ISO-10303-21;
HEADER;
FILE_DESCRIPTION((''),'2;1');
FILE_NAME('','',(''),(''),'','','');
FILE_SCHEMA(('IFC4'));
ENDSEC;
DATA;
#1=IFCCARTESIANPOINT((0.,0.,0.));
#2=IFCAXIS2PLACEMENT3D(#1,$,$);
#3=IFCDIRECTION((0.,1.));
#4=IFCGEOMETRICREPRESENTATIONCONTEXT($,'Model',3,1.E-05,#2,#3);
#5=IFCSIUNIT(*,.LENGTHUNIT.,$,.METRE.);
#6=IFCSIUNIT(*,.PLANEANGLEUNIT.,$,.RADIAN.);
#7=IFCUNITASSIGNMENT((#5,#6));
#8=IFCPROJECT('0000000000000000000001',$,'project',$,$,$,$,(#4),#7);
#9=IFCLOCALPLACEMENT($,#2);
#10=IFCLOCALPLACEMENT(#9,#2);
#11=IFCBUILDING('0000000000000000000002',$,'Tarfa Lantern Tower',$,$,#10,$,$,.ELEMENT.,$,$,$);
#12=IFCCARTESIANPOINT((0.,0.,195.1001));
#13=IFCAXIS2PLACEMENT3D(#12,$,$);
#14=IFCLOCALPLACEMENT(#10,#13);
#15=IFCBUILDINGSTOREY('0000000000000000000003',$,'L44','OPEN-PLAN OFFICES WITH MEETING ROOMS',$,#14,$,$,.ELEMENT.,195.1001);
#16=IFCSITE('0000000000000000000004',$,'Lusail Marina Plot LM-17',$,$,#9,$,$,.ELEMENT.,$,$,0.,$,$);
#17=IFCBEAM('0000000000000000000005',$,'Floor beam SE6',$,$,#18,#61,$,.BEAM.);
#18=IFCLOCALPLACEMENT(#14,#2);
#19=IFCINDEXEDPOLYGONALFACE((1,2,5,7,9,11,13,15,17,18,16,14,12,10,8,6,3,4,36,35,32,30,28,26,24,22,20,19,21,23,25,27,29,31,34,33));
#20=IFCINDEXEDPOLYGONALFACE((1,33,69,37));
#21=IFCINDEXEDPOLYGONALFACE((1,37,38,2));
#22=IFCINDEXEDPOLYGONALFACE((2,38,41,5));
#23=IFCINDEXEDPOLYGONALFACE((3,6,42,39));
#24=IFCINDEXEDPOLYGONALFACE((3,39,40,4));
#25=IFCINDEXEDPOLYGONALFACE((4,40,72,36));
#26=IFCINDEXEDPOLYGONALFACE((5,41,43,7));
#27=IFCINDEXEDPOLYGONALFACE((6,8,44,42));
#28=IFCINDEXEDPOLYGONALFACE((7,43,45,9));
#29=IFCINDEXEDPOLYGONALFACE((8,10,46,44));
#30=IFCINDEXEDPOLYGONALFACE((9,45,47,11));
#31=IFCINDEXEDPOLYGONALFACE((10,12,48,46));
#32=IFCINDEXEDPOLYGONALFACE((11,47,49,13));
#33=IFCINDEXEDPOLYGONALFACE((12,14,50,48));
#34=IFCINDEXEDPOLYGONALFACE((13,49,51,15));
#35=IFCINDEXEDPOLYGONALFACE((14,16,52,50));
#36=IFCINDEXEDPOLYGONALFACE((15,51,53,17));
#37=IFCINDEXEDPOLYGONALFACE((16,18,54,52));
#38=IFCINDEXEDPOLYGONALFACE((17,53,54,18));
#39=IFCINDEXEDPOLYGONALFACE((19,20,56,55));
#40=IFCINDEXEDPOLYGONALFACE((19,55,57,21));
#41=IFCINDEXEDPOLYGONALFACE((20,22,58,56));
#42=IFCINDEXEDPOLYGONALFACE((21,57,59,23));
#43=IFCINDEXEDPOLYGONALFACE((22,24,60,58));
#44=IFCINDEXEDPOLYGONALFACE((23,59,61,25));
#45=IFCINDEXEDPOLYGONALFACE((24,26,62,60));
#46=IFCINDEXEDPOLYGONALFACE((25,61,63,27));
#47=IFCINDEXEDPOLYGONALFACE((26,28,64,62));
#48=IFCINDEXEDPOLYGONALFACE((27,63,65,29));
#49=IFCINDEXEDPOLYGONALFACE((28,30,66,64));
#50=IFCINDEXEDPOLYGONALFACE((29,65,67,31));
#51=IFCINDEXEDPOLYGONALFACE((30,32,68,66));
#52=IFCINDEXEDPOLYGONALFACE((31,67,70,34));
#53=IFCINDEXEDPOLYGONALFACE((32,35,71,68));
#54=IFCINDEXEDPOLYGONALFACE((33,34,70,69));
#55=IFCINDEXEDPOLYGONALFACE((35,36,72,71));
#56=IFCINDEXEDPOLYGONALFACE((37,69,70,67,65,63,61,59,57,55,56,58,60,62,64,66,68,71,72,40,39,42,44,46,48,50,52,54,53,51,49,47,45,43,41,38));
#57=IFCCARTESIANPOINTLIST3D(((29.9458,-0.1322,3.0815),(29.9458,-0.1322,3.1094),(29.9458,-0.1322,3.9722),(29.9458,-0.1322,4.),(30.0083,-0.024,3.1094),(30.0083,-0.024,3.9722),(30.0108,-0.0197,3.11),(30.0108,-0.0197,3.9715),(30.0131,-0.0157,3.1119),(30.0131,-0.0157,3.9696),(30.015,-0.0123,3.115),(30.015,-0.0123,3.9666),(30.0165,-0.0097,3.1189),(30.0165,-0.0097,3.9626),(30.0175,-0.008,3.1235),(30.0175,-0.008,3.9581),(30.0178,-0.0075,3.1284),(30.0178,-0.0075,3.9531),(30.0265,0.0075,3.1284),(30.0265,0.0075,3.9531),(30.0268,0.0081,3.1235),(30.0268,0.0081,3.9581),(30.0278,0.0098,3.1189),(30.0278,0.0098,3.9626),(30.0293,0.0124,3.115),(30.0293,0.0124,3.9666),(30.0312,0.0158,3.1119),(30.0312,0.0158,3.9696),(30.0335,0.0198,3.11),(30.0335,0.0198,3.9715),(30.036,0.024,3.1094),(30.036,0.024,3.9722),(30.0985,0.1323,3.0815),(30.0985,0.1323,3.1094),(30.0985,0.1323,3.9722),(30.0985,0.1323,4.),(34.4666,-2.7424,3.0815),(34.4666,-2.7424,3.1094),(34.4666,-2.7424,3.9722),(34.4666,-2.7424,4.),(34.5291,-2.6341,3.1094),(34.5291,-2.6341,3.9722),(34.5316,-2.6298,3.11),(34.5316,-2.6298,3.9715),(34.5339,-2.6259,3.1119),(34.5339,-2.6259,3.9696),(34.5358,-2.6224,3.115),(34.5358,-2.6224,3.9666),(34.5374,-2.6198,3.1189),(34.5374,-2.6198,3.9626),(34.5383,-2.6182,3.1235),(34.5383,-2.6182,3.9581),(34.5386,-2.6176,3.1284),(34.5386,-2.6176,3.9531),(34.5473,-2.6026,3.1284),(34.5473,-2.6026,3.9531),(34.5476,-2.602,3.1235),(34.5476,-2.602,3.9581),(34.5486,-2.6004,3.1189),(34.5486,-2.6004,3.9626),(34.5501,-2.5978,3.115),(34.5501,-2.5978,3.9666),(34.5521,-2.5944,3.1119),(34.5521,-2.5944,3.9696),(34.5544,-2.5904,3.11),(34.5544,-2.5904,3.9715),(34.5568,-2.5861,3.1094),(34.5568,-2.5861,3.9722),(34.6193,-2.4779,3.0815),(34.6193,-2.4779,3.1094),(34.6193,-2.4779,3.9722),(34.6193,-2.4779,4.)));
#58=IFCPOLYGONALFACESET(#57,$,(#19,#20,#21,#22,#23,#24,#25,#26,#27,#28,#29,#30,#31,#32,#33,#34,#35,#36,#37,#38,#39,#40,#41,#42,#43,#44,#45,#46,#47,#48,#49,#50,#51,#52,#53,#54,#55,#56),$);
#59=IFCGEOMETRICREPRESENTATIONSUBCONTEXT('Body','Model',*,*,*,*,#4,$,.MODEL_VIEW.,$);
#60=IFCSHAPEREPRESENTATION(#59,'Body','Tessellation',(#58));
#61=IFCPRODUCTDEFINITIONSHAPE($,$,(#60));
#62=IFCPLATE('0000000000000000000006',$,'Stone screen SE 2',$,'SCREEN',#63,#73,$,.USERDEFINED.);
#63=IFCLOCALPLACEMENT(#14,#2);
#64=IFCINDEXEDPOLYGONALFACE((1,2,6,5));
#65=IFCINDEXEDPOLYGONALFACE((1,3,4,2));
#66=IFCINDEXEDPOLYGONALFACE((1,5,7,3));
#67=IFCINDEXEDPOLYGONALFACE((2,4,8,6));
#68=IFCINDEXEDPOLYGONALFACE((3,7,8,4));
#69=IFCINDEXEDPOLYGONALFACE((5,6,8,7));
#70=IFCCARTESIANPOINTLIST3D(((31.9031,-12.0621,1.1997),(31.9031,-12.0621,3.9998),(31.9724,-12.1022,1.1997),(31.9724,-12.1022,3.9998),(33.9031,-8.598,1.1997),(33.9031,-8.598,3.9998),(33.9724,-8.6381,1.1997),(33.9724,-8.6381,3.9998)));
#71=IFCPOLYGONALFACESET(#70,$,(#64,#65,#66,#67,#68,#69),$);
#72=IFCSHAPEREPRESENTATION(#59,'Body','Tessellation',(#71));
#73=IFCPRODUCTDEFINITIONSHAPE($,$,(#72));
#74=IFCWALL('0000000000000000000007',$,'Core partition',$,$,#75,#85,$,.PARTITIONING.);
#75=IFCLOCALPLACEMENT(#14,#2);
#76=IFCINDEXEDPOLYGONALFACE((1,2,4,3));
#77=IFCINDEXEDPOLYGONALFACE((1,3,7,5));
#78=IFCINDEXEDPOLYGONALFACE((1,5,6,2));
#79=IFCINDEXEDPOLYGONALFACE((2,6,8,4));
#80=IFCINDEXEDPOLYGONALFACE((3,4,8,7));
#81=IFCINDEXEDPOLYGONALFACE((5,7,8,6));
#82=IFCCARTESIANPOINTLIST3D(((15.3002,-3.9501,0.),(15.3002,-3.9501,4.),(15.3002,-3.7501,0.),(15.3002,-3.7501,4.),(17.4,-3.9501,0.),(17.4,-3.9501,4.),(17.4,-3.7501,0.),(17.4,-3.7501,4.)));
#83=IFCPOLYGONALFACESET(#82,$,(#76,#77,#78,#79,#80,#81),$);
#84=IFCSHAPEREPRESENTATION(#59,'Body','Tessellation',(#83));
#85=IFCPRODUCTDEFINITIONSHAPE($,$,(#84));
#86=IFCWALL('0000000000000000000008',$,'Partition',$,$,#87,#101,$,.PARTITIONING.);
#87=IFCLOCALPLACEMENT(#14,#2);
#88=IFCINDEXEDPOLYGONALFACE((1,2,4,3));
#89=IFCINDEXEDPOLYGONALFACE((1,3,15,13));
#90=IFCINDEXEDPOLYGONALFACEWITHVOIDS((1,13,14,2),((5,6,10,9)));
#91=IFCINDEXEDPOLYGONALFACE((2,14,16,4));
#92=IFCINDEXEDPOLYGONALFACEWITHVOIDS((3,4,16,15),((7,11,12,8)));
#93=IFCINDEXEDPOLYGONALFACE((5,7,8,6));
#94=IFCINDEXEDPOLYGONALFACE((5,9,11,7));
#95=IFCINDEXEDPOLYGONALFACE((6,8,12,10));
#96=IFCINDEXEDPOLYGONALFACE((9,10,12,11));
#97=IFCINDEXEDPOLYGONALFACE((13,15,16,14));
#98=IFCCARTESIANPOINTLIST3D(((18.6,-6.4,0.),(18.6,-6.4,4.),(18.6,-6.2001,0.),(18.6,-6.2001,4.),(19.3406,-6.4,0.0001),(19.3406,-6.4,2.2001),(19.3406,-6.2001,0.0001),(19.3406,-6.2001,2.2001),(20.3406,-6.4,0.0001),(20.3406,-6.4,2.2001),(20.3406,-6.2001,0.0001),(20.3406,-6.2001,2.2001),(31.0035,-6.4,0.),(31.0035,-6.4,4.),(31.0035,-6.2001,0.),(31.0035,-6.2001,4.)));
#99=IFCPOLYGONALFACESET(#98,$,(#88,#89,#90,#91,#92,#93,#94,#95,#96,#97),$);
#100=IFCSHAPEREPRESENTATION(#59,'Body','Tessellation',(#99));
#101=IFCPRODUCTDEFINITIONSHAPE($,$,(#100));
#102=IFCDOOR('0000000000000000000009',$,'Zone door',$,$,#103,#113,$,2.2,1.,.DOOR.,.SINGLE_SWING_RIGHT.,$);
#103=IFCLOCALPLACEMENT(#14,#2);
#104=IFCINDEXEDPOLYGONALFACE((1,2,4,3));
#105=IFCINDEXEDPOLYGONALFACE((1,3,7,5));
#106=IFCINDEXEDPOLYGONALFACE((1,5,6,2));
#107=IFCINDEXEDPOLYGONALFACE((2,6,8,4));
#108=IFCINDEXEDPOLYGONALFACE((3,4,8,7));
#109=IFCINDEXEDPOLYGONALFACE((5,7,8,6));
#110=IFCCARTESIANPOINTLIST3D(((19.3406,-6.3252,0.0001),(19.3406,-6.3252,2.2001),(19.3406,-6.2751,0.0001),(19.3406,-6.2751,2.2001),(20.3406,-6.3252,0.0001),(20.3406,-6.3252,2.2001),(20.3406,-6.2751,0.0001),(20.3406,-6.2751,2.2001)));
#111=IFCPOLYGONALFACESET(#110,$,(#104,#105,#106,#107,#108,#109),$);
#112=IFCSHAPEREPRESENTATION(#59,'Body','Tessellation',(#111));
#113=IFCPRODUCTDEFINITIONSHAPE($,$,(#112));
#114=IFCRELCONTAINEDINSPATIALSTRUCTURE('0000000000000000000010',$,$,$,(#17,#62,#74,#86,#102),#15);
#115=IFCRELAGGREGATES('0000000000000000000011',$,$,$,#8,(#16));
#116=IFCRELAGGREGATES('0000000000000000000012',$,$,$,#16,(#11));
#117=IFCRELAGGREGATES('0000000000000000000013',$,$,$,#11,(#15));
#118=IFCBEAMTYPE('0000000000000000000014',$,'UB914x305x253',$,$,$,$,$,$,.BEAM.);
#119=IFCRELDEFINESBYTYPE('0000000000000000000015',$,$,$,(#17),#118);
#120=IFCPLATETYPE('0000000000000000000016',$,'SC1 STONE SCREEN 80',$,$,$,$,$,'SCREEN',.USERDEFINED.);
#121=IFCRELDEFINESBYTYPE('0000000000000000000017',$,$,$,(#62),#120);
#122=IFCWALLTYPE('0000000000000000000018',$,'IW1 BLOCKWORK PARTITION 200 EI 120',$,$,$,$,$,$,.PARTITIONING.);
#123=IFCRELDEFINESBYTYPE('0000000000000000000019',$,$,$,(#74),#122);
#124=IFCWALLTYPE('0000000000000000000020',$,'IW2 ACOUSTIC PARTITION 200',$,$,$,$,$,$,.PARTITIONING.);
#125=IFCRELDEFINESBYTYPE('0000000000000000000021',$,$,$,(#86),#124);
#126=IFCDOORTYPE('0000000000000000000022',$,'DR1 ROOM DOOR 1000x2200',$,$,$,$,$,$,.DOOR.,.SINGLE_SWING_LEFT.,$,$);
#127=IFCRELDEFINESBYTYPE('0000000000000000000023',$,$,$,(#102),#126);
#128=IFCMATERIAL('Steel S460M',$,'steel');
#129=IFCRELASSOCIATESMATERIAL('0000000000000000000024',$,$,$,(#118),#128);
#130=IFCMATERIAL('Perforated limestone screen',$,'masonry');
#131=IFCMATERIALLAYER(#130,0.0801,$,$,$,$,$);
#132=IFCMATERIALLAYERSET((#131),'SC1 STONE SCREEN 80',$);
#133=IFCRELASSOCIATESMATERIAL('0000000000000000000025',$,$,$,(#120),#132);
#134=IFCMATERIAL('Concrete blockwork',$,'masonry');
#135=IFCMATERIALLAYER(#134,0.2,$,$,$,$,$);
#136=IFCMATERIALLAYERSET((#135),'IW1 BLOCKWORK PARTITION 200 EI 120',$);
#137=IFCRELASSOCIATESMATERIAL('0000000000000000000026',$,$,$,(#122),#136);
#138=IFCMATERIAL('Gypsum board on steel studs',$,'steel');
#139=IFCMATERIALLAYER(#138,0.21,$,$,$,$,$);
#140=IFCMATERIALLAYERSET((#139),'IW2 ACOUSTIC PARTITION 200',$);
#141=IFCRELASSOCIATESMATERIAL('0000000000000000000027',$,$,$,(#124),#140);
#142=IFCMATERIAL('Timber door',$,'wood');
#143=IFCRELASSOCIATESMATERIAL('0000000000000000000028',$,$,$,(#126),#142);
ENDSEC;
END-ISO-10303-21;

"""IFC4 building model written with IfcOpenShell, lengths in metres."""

from ifc_helpers import new_model, si_unit, direction, frame, frame_2d, origin, origin_2d, place, context, subcontext, project, spatial, rectangle, i_section, extrude, material, layer, layer_set, material_profile, profile_set, type_object, element, fill, save


model = new_model("IFC4")

# Units and contexts
model_context = context("Model", 3, precision=1e-05, world=origin(), true_north=direction((0.0, 1.0)))
body_context = subcontext(model_context, "Body", "Model", "MODEL_VIEW")
ifc_project = project(units=[si_unit("LENGTHUNIT", "METRE"), si_unit("PLANEANGLEUNIT", "RADIAN")], contexts=[model_context])

# Site, building, storey
site_placement = place(None, origin())
site = spatial("IfcSite", under=ifc_project, at=site_placement, Name="Lusail Marina Plot LM-17", CompositionType="ELEMENT", RefElevation=0.0)
building_placement = place(site_placement, origin())
building = spatial("IfcBuilding", under=site, at=building_placement, Name="Tarfa Lantern Tower", CompositionType="ELEMENT")
storey_placement = place(building_placement, frame((0.0, 0.0, 195.1001)))
storey = spatial("IfcBuildingStorey", under=building, at=storey_placement, Name="L44", Description="OPEN-PLAN OFFICES WITH MEETING ROOMS", CompositionType="ELEMENT", Elevation=195.1001)

# Beam
ifc_material_1 = material(Name="Steel S460M", Category="steel")
ifc_material_profile_1 = material_profile(ifc_material_1, i_section(OverallWidth=0.3054, OverallDepth=0.9185, WebThickness=0.0173, FlangeThickness=0.0278, FilletRadius=0.019, at=origin_2d()), Name="UB914x305x253")
ifc_profile_set_1 = profile_set([ifc_material_profile_1], Name="Steel S460M")
beam_type_1 = type_object("IfcBeamType", Name="UB914x305x253", PredefinedType="BEAM", material=ifc_profile_set_1)
beam_1_placement = place(storey_placement, frame((34.543, -2.6101, 3.5408), z_axis=(-0.866021, 0.500007, 0.0), x_axis=(-0.500007, -0.866021, 0.0)))
element("IfcBeam", 1, at=beam_1_placement, inside=storey, type_object=beam_type_1, Name="Floor beam SE6", PredefinedType="BEAM", context=body_context, shape_type="SweptSolid", body=[
    extrude(i_section(OverallWidth=0.3054, OverallDepth=0.9185, WebThickness=0.0173, FlangeThickness=0.0278, FilletRadius=0.019, at=origin_2d()), origin(), (0.0, 0.0, 1.0), 5.2202),
])

# Plate
ifc_material_2 = material(Name="Perforated limestone screen", Category="masonry")
ifc_layer_1 = layer(ifc_material_2, 0.0801)
ifc_layer_set_1 = layer_set([ifc_layer_1], Name="SC1 STONE SCREEN 80")
plate_type = type_object("IfcPlateType", Name="SC1 STONE SCREEN 80", ElementType="SCREEN", PredefinedType="USERDEFINED", material=ifc_layer_set_1)
plate_placement = place(storey_placement, frame((32.9377, -10.3501, 1.1997), z_axis=(0.0, 0.0, 1.0), x_axis=(0.5, 0.866025, 0.0)))
element("IfcPlate", 2, at=plate_placement, inside=storey, type_object=plate_type, Name="Stone screen SE 2", ObjectType="SCREEN", PredefinedType="USERDEFINED", context=body_context, shape_type="SweptSolid", body=[
    extrude(rectangle(XDim=4.0, YDim=0.0801, at=origin_2d()), origin(), (0.0, 0.0, 1.0), 2.8),
])

# Wall
ifc_material_3 = material(Name="Concrete blockwork", Category="masonry")
ifc_layer_2 = layer(ifc_material_3, 0.2)
ifc_layer_set_2 = layer_set([ifc_layer_2], Name="IW1 BLOCKWORK PARTITION 200 EI 120")
wall_type_1 = type_object("IfcWallType", Name="IW1 BLOCKWORK PARTITION 200 EI 120", PredefinedType="PARTITIONING", material=ifc_layer_set_2)
wall_1_placement = place(storey_placement, frame((17.3999, -3.8501, 0.0), z_axis=(0.0, 0.0, 1.0), x_axis=(-1.0, 0.0, 0.0)))
element("IfcWall", 3, at=wall_1_placement, inside=storey, type_object=wall_type_1, Name="Core partition", PredefinedType="PARTITIONING", context=body_context, shape_type="SweptSolid", body=[
    extrude(rectangle(XDim=2.0999, YDim=0.2, at=frame_2d((1.0498, 0.0))), origin(), (0.0, 0.0, 1.0), 4.0),
])

# Wall, opening, door
ifc_material_4 = material(Name="Gypsum board on steel studs", Category="steel")
ifc_layer_3 = layer(ifc_material_4, 0.21)
ifc_layer_set_3 = layer_set([ifc_layer_3], Name="IW2 ACOUSTIC PARTITION 200")
wall_type_2 = type_object("IfcWallType", Name="IW2 ACOUSTIC PARTITION 200", PredefinedType="PARTITIONING", material=ifc_layer_set_3)
wall_2_placement = place(storey_placement, frame((18.6001, -6.3, 0.0), z_axis=(0.0, 0.0, 1.0), x_axis=(1.0, 0.0, 0.0)))
wall_2 = element("IfcWall", 4, at=wall_2_placement, inside=storey, type_object=wall_type_2, Name="Partition", PredefinedType="PARTITIONING", context=body_context, shape_type="SweptSolid", body=[
    extrude(rectangle(XDim=12.4036, YDim=0.2, at=frame_2d((6.2017, 0.0))), origin(), (0.0, 0.0, 1.0), 4.0),
])
opening_1_placement = place(wall_2_placement, frame((0.7405, 0.0, 0.0)))
opening_1 = element("IfcOpeningElement", 5, at=opening_1_placement, cuts=wall_2, PredefinedType="OPENING", context=body_context, shape_type="SweptSolid", body=[
    extrude(rectangle(XDim=1.0, YDim=2.2, at=frame_2d((0.5, 1.1001))), frame((0.0, 0.1099, 0.0), z_axis=(0.0, -1.0, 0.0), x_axis=(1.0, 0.0, 0.0)), (0.0, 0.0, 1.0), 0.22),
])
ifc_material_5 = material(Name="Timber door", Category="wood")
door_type_1 = type_object("IfcDoorType", Name="DR1 ROOM DOOR 1000x2200", OperationType="SINGLE_SWING_LEFT", PredefinedType="DOOR", material=ifc_material_5)
door_1_placement = place(opening_1_placement, origin())
door_1 = element("IfcDoor", 6, at=door_1_placement, inside=storey, type_object=door_type_1, Name="Zone door", OperationType="SINGLE_SWING_RIGHT", OverallHeight=2.2, OverallWidth=1.0, PredefinedType="DOOR", context=body_context, shape_type="SweptSolid", body=[
    extrude(rectangle(XDim=1.0, YDim=2.2, at=frame_2d((0.5, 1.1001))), frame((0.0, 0.0249, 0.0), z_axis=(0.0, -1.0, 0.0), x_axis=(1.0, 0.0, 0.0)), (0.0, 0.0, 1.0), 0.05),
])
fill(opening_1, door_1)

save(model, "model.ifc")
